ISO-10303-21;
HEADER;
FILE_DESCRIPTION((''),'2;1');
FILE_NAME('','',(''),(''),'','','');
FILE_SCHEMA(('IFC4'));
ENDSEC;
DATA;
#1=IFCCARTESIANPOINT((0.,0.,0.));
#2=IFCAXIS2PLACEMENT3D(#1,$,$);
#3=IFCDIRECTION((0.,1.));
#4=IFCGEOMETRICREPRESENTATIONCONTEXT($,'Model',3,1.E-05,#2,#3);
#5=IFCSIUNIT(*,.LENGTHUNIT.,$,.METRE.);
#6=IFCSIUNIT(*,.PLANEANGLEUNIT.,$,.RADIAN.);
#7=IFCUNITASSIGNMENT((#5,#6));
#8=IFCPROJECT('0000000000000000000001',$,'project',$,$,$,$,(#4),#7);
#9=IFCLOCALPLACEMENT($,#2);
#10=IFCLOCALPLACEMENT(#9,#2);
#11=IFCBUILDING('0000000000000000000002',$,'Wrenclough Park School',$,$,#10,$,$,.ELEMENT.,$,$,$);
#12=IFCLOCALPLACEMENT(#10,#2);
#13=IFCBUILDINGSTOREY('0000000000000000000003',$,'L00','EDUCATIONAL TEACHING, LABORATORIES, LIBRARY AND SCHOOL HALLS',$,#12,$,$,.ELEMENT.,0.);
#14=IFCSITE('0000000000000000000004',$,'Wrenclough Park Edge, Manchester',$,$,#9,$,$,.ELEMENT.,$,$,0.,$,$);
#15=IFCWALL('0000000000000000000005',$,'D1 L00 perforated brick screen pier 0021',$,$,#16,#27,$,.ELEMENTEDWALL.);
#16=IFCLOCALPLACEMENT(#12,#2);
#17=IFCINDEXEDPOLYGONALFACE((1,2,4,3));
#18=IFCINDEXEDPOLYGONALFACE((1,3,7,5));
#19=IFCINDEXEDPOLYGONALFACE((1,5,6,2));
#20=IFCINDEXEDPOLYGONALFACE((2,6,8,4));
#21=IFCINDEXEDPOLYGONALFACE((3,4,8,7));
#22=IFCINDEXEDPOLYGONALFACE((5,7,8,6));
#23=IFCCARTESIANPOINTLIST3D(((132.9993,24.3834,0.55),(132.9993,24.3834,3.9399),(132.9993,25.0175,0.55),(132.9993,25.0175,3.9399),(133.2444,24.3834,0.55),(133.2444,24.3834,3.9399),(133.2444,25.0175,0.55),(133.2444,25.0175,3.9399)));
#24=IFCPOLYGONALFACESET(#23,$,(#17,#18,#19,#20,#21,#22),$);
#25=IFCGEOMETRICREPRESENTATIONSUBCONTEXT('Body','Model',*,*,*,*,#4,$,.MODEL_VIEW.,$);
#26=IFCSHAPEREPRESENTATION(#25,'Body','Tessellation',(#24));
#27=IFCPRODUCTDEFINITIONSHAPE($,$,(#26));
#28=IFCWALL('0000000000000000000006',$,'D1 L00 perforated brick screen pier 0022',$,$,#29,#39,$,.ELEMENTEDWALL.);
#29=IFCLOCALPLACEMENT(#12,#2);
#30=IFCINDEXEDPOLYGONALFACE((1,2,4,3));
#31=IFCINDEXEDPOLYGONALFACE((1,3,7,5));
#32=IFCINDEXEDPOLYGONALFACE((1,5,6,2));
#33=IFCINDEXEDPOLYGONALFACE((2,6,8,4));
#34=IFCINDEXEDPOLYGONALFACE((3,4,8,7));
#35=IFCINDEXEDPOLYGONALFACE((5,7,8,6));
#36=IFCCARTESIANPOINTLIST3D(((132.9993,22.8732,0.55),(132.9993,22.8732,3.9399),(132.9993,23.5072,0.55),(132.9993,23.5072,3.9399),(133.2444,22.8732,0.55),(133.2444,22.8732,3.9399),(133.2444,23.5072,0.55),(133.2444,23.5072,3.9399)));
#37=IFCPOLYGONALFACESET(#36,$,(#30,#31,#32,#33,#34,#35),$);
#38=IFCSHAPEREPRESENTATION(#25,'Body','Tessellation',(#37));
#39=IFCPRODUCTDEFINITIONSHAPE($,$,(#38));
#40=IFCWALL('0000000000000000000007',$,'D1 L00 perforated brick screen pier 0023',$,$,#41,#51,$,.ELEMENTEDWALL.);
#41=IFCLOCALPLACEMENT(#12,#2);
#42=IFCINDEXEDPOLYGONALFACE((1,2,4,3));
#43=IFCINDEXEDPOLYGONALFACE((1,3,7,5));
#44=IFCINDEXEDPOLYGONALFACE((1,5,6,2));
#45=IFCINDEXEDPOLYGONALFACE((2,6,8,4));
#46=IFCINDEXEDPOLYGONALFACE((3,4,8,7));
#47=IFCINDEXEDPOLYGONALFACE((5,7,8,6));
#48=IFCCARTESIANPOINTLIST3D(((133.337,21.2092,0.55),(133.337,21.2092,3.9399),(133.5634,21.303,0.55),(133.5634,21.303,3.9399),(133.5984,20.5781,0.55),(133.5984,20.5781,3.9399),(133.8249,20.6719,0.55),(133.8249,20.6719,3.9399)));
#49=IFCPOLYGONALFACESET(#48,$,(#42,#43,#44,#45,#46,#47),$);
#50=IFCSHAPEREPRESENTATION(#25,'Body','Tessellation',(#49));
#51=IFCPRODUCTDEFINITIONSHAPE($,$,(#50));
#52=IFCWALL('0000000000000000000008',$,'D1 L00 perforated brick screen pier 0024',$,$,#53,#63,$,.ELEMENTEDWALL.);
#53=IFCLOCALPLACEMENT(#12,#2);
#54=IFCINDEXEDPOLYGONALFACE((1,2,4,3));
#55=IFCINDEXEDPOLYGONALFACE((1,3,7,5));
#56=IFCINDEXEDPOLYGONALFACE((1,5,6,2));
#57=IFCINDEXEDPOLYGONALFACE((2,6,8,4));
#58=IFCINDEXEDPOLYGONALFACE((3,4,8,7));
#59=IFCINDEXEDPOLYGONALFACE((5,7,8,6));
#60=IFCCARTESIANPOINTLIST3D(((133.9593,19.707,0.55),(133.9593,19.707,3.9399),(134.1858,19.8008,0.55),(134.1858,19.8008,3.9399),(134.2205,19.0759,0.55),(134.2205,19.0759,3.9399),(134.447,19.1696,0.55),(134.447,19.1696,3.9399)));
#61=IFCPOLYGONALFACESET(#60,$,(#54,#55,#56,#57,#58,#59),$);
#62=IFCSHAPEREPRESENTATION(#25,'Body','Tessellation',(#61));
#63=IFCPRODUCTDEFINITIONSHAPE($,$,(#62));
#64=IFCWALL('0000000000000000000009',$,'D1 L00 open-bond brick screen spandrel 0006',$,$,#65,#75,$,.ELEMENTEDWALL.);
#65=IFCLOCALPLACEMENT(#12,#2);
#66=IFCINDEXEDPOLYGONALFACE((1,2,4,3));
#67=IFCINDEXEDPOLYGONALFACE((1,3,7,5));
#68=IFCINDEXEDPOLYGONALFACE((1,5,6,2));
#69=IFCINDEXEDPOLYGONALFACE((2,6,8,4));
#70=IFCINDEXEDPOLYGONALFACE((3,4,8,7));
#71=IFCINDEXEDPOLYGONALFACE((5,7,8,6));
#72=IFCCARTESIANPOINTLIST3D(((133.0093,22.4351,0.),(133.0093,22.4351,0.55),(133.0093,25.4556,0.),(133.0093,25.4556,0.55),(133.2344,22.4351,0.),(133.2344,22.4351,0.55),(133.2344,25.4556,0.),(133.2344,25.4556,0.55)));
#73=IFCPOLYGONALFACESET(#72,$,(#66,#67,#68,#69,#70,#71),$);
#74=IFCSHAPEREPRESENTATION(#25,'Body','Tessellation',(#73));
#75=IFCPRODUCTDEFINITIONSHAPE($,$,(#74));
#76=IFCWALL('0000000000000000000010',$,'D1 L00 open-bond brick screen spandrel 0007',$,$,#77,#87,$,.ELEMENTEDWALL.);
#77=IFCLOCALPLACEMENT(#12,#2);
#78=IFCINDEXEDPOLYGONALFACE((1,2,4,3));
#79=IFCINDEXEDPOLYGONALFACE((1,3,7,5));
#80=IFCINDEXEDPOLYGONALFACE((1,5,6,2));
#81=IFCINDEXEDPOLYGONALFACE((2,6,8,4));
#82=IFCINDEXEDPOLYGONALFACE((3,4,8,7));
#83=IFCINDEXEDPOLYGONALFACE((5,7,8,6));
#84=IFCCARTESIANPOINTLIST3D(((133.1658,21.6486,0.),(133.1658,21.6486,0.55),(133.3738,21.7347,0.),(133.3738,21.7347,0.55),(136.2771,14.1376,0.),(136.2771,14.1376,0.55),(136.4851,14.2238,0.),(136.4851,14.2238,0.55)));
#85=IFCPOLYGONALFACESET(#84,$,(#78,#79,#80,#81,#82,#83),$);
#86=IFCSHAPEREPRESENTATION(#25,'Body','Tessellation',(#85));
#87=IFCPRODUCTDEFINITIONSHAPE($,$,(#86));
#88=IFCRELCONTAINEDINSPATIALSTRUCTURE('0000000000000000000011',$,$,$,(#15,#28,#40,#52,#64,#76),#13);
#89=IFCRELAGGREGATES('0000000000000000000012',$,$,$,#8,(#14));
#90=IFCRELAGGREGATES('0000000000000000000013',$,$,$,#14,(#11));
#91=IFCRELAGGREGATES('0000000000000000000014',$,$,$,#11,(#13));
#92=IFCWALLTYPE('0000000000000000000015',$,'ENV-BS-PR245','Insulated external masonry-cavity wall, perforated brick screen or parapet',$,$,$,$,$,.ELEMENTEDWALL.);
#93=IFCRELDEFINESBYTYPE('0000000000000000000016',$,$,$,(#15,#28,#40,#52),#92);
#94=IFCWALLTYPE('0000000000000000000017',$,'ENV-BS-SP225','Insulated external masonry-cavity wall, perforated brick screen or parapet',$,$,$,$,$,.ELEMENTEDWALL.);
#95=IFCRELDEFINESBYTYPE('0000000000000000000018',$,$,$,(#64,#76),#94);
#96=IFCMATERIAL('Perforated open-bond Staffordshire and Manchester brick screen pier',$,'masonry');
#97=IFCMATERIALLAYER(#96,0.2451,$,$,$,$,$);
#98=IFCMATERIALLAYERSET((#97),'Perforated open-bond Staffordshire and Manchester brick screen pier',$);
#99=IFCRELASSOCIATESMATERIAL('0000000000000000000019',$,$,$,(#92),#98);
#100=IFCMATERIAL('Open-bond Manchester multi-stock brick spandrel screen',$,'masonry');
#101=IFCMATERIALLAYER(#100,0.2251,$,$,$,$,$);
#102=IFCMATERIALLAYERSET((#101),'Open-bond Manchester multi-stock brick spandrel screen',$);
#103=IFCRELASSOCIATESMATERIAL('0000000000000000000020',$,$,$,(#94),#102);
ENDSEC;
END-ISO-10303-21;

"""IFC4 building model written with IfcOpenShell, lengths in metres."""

from ifc_helpers import new_model, si_unit, direction, frame, frame_2d, origin, place, context, subcontext, project, spatial, rectangle, extrude, material, layer, layer_set, type_object, element, save


model = new_model("IFC4")

# Units and contexts
model_context = context("Model", 3, precision=1e-05, world=origin(), true_north=direction((0.0, 1.0)))
body_context = subcontext(model_context, "Body", "Model", "MODEL_VIEW")
ifc_project = project(units=[si_unit("LENGTHUNIT", "METRE"), si_unit("PLANEANGLEUNIT", "RADIAN")], contexts=[model_context])

# Site, building, storey
site_placement = place(None, origin())
site = spatial("IfcSite", under=ifc_project, at=site_placement, Name="Wrenclough Park Edge, Manchester", CompositionType="ELEMENT", RefElevation=0.0)
building_placement = place(site_placement, origin())
building = spatial("IfcBuilding", under=site, at=building_placement, Name="Wrenclough Park School", CompositionType="ELEMENT")
storey_placement = place(building_placement, origin())
storey = spatial("IfcBuildingStorey", under=building, at=storey_placement, Name="L00", Description="EDUCATIONAL TEACHING, LABORATORIES, LIBRARY AND SCHOOL HALLS", CompositionType="ELEMENT", Elevation=0.0)

# Walls
ifc_material_1 = material(Name="Perforated open-bond Staffordshire and Manchester brick screen pier", Category="masonry")
ifc_layer_1 = layer(ifc_material_1, 0.2451)
ifc_layer_set_1 = layer_set([ifc_layer_1], Name="Perforated open-bond Staffordshire and Manchester brick screen pier")
wall_type_1 = type_object("IfcWallType", Name="ENV-BS-PR245", Description="Insulated external masonry-cavity wall, perforated brick screen or parapet", PredefinedType="ELEMENTEDWALL", material=ifc_layer_set_1)
for number, where, z_axis, x_axis, name in (
    (1, (133.1218, 25.0173, 0.55), (0.0, 0.0, 1.0), (0.0, -1.0, 0.0), "D1 L00 perforated brick screen pier 0021"),
    (2, (133.1218, 23.5071, 0.55), (0.0, 0.0, 1.0), (0.0, -1.0, 0.0), "D1 L00 perforated brick screen pier 0022"),
):
    element("IfcWall", number, at=place(storey_placement, frame(where, z_axis=z_axis, x_axis=x_axis)), inside=storey, type_object=wall_type_1, Name=name, PredefinedType="ELEMENTEDWALL", context=body_context, shape_type="SweptSolid", body=[
        extrude(rectangle(XDim=0.634, YDim=0.2451, at=frame_2d((0.3169, 0.0))), origin(), (0.0, 0.0, 1.0), 3.3899),
    ])
for number, where, z_axis, x_axis, name in (
    (3, (133.4502, 21.2561, 0.55), (0.0, 0.0, 1.0), (0.382762, -0.923847, 0.0), "D1 L00 perforated brick screen pier 0023"),
    (4, (134.0725, 19.7539, 0.55), (0.0, 0.0, 1.0), (0.382457, -0.923973, 0.0), "D1 L00 perforated brick screen pier 0024"),
):
    element("IfcWall", number, at=place(storey_placement, frame(where, z_axis=z_axis, x_axis=x_axis)), inside=storey, type_object=wall_type_1, Name=name, PredefinedType="ELEMENTEDWALL", context=body_context, shape_type="SweptSolid", body=[
        extrude(rectangle(XDim=0.6831, YDim=0.2451, at=frame_2d((0.3416, 0.0))), origin(), (0.0, 0.0, 1.0), 3.3899),
    ])
ifc_material_2 = material(Name="Open-bond Manchester multi-stock brick spandrel screen", Category="masonry")
ifc_layer_2 = layer(ifc_material_2, 0.2251)
ifc_layer_set_2 = layer_set([ifc_layer_2], Name="Open-bond Manchester multi-stock brick spandrel screen")
wall_type_2 = type_object("IfcWallType", Name="ENV-BS-SP225", Description="Insulated external masonry-cavity wall, perforated brick screen or parapet", PredefinedType="ELEMENTEDWALL", material=ifc_layer_set_2)
wall_1_placement = place(storey_placement, frame((133.1218, 25.4556, 0.0), z_axis=(0.0, 0.0, 1.0), x_axis=(0.0, -1.0, 0.0)))
element("IfcWall", 5, at=wall_1_placement, inside=storey, type_object=wall_type_2, Name="D1 L00 open-bond brick screen spandrel 0006", PredefinedType="ELEMENTEDWALL", context=body_context, shape_type="SweptSolid", body=[
    extrude(rectangle(XDim=3.0205, YDim=0.2251, at=frame_2d((1.5103, 0.0))), origin(), (0.0, 0.0, 1.0), 0.55),
])
wall_2_placement = place(storey_placement, frame((133.2698, 21.6917, 0.0), z_axis=(0.0, 0.0, 1.0), x_axis=(0.382702, -0.923872, 0.0)))
element("IfcWall", 6, at=wall_2_placement, inside=storey, type_object=wall_type_2, Name="D1 L00 open-bond brick screen spandrel 0007", PredefinedType="ELEMENTEDWALL", context=body_context, shape_type="SweptSolid", body=[
    extrude(rectangle(XDim=8.1299, YDim=0.2251, at=frame_2d((4.0649, 0.0))), origin(), (0.0, 0.0, 1.0), 0.55),
])

save(model, "model.ifc")
